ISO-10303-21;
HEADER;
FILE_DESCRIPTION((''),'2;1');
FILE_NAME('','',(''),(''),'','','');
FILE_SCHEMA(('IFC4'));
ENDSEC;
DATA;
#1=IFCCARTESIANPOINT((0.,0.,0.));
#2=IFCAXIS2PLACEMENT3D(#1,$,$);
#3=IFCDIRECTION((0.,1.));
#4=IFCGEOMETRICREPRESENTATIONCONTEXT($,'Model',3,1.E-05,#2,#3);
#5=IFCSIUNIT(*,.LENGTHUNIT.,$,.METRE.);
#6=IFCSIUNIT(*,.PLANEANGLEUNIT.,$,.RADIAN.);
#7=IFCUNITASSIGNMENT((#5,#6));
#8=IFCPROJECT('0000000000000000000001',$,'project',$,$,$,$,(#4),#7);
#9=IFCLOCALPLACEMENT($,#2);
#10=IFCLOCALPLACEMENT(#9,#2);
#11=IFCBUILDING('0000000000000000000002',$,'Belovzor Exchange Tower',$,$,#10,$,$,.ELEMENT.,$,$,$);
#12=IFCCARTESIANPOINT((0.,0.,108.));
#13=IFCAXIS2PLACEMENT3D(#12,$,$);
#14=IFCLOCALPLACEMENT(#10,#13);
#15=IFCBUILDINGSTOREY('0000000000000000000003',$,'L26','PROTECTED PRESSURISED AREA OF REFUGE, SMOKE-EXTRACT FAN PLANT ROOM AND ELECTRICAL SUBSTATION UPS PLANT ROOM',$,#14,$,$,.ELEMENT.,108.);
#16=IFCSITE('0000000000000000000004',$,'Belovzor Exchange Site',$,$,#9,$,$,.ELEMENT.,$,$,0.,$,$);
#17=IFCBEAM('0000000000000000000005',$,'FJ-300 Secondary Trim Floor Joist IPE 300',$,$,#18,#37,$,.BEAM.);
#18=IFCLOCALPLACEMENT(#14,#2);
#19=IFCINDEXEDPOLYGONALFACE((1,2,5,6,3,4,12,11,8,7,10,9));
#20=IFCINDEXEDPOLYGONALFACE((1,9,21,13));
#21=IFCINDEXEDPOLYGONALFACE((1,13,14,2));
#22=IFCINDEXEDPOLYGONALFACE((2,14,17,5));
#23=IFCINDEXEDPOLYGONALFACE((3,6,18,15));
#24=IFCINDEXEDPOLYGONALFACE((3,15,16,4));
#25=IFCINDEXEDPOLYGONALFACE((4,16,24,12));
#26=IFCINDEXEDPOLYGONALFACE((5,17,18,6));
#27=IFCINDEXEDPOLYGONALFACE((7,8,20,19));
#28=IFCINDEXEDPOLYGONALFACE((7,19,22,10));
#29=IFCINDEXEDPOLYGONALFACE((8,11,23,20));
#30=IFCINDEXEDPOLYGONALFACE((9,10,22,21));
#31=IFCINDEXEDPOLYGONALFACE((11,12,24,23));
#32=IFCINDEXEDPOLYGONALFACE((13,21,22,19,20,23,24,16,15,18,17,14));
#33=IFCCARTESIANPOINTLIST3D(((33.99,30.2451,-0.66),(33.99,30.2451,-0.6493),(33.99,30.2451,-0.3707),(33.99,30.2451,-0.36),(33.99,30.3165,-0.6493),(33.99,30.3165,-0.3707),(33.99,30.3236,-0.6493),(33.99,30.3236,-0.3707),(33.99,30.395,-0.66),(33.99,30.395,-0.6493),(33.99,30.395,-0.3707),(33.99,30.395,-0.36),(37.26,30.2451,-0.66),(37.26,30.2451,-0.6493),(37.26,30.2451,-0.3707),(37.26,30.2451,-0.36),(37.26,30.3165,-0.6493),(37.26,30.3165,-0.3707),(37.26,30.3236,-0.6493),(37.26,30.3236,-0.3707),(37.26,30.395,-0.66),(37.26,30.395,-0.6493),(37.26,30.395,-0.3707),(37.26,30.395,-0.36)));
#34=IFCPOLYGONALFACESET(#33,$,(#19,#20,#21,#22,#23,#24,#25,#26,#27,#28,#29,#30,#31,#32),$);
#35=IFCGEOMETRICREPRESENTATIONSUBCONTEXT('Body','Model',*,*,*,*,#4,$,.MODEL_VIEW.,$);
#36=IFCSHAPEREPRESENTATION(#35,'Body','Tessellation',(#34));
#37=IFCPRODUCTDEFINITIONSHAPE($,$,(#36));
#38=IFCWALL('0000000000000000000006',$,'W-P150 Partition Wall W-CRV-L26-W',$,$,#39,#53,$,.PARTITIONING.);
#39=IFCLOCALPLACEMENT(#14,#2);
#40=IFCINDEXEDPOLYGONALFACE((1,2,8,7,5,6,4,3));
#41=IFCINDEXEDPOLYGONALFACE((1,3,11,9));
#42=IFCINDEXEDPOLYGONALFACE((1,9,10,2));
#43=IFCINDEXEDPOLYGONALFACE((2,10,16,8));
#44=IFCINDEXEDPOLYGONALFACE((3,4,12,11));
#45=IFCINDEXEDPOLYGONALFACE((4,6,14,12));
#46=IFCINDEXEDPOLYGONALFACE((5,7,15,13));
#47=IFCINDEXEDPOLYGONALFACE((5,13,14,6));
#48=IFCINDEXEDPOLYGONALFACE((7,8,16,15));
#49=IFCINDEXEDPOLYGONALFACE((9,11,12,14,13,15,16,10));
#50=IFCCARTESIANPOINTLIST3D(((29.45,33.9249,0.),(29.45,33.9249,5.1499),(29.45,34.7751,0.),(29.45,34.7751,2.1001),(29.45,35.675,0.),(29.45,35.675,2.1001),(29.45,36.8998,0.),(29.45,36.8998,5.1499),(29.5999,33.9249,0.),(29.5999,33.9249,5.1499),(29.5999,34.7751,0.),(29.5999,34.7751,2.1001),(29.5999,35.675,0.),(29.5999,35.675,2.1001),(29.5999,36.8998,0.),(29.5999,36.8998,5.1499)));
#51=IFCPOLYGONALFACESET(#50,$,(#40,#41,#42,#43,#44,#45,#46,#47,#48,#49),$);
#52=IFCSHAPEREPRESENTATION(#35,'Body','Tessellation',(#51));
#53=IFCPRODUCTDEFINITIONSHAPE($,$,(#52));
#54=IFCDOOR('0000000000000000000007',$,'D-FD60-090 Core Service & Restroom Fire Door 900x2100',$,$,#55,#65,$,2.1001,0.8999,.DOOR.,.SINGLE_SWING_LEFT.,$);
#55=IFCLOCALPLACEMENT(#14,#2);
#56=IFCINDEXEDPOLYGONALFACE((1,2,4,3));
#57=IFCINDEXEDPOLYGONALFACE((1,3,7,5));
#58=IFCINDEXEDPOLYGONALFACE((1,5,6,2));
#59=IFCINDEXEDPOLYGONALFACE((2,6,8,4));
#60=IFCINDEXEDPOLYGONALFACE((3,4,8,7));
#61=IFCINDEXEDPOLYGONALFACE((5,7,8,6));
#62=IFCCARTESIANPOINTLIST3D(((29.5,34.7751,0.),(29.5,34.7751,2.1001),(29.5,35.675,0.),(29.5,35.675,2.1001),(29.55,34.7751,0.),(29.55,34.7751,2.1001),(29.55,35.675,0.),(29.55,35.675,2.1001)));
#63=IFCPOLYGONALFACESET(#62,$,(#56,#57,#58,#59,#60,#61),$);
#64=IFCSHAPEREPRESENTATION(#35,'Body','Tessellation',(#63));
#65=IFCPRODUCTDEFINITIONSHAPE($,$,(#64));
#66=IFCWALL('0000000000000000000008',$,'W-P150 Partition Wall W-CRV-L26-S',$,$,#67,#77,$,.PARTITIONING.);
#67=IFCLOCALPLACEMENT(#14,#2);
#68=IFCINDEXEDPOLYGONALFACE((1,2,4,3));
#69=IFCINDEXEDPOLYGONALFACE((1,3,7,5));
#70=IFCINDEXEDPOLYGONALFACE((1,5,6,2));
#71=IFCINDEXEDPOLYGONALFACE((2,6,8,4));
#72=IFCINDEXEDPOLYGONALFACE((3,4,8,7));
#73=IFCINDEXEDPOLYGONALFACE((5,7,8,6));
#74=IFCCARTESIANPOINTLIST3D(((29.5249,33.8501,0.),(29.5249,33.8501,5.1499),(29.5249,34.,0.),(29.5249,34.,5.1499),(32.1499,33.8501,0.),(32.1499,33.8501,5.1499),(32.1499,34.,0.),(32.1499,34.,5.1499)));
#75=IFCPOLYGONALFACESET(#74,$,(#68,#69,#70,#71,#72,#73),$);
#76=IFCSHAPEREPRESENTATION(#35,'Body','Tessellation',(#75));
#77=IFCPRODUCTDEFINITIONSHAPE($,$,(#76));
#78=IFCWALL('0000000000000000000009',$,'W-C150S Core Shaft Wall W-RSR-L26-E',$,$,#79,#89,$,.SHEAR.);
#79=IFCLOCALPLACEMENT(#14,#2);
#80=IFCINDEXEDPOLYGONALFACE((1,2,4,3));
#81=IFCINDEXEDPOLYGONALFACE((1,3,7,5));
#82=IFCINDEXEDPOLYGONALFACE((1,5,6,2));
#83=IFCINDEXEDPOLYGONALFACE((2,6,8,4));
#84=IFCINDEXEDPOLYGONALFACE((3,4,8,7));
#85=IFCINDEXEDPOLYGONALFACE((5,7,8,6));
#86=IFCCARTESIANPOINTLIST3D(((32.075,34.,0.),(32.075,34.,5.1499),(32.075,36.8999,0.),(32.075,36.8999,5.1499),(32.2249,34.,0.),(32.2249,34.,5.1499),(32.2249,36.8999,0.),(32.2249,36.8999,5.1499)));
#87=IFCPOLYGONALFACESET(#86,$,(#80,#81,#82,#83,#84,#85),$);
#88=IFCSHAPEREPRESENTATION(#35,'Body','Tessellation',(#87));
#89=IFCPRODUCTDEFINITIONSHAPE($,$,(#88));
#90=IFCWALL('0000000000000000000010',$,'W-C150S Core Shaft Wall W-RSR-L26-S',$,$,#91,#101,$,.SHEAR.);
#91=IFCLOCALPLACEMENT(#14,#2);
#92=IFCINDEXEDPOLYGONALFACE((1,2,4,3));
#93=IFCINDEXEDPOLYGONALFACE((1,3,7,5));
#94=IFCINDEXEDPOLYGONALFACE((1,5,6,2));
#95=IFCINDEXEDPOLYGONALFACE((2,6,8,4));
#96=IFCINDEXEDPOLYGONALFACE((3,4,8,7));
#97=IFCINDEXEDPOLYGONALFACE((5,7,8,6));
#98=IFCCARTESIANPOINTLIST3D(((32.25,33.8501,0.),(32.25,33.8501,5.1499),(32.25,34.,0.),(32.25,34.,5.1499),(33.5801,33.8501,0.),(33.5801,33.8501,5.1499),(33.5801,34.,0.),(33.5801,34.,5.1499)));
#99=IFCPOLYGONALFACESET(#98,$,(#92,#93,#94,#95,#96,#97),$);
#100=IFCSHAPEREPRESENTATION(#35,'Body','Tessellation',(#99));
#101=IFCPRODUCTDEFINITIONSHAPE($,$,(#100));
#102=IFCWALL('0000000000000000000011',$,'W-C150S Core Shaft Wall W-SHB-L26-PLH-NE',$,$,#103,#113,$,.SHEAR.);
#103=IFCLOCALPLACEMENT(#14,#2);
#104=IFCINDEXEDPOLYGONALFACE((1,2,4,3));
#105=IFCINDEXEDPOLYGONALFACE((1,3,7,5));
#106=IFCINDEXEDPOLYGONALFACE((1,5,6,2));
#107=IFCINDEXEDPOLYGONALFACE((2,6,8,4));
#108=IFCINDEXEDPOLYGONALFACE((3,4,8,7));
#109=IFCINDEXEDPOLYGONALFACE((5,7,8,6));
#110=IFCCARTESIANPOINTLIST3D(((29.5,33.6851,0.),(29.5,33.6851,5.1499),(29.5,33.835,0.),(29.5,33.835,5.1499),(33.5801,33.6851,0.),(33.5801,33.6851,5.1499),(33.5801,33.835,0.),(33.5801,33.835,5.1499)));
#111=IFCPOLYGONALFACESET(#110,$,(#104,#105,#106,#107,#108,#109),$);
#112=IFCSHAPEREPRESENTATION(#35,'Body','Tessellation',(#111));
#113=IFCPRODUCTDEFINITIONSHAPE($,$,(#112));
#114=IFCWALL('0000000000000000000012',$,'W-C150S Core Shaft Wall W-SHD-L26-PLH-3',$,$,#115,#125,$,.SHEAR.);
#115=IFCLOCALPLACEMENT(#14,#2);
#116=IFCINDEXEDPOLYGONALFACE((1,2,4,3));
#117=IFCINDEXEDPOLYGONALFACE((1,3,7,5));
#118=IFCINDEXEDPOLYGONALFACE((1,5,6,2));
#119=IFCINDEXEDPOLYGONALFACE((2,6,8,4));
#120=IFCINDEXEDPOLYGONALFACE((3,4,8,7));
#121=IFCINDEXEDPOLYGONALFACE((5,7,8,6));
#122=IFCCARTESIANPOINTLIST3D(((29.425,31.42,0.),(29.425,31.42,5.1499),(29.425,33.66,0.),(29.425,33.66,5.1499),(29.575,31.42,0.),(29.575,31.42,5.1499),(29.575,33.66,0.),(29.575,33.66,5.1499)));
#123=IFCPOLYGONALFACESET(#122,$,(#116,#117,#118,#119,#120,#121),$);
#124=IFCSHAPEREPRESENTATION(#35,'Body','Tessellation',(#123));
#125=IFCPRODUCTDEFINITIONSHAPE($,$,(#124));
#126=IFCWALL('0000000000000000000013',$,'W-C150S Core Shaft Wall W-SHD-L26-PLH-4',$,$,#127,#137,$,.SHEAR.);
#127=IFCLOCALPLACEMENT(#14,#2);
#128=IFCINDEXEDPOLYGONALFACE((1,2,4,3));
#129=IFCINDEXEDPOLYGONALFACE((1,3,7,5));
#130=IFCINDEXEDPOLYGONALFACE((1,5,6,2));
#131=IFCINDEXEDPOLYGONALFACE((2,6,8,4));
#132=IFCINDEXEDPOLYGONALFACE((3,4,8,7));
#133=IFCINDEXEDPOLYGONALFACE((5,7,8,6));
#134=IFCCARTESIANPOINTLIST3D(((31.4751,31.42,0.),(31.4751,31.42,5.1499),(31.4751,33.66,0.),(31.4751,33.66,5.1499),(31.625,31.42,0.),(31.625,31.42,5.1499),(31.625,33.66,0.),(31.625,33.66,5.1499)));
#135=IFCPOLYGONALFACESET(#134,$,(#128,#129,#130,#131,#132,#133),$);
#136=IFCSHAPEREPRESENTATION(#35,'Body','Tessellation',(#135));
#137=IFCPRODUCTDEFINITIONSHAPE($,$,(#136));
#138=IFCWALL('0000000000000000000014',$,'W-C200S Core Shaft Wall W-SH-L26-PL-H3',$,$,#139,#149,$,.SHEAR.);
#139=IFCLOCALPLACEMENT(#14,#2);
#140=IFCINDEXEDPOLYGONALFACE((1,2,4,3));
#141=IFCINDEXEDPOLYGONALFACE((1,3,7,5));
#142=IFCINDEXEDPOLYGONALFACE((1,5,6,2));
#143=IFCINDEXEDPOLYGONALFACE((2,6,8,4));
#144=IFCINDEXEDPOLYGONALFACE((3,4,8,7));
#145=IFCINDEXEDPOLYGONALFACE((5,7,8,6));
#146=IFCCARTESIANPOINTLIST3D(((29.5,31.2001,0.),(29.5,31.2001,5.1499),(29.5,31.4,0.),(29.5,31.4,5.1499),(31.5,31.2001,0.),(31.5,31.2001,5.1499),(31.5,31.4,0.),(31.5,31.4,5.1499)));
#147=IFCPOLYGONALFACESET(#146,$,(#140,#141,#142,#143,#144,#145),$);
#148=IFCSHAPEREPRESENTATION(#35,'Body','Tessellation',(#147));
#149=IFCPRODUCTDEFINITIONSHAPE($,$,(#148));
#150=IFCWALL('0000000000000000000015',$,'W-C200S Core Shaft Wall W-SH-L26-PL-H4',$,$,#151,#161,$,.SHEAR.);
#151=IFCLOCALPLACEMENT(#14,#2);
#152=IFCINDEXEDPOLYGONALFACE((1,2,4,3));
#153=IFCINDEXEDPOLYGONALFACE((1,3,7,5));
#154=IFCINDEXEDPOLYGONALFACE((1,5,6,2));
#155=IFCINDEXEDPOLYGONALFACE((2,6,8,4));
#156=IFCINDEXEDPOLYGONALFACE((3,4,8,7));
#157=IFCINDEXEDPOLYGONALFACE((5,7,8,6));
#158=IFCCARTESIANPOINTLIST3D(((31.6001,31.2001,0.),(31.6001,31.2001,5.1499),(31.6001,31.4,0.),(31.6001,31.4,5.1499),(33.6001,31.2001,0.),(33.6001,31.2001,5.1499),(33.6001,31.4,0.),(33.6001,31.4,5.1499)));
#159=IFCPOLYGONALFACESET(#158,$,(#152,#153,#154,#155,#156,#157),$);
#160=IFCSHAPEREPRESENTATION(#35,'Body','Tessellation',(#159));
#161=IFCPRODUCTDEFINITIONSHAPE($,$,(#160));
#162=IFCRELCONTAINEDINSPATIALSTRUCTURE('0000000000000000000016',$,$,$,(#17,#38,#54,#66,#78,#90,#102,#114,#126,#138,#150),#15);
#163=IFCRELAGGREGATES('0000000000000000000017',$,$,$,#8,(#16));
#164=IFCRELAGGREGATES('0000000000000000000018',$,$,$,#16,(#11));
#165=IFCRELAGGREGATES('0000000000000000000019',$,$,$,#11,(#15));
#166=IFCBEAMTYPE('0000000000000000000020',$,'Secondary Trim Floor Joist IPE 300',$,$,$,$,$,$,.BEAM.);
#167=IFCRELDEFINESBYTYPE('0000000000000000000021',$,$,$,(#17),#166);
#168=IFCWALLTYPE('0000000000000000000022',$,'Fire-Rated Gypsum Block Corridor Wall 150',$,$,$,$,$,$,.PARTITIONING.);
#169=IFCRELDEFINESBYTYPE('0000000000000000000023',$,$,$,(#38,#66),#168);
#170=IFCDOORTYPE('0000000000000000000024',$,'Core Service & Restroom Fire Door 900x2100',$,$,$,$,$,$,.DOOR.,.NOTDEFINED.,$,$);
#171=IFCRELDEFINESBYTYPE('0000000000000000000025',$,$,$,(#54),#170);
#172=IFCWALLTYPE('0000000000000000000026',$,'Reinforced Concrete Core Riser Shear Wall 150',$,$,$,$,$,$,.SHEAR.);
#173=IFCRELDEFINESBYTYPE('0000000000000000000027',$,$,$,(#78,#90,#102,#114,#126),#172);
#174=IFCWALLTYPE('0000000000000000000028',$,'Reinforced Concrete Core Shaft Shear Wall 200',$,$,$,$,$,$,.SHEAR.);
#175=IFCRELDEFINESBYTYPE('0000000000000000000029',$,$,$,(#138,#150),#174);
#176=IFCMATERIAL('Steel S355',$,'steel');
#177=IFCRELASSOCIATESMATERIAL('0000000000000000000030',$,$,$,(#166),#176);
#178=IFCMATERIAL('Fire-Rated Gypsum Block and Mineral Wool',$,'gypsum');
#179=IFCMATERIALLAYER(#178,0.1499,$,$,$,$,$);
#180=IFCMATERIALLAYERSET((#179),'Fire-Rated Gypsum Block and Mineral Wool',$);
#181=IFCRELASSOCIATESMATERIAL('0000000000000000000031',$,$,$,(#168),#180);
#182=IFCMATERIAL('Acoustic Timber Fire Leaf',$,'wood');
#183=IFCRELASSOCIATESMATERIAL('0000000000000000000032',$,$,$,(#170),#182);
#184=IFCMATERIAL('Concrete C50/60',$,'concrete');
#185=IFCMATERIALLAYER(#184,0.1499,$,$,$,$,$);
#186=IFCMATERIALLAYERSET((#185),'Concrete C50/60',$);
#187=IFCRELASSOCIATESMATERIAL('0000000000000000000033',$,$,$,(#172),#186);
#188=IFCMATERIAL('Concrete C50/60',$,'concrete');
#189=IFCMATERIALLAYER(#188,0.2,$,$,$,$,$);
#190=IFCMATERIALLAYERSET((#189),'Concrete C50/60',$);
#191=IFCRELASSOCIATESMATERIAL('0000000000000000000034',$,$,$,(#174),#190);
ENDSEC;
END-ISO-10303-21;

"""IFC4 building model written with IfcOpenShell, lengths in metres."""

from ifc_helpers import new_model, si_unit, direction, frame, frame_2d, origin, origin_2d, place, context, subcontext, project, spatial, rectangle, i_section, extrude, material, layer, layer_set, material_profile, profile_set, type_object, element, fill, save


model = new_model("IFC4")

# Units and contexts
model_context = context("Model", 3, precision=1e-05, world=origin(), true_north=direction((0.0, 1.0)))
body_context = subcontext(model_context, "Body", "Model", "MODEL_VIEW")
ifc_project = project(units=[si_unit("LENGTHUNIT", "METRE"), si_unit("PLANEANGLEUNIT", "RADIAN")], contexts=[model_context])

# Site, building, storey
site_placement = place(None, origin())
site = spatial("IfcSite", under=ifc_project, at=site_placement, Name="Belovzor Exchange Site", CompositionType="ELEMENT", RefElevation=0.0)
building_placement = place(site_placement, origin())
building = spatial("IfcBuilding", under=site, at=building_placement, Name="Belovzor Exchange Tower", CompositionType="ELEMENT")
storey_placement = place(building_placement, frame((0.0, 0.0, 108.0)))
storey = spatial("IfcBuildingStorey", under=building, at=storey_placement, Name="L26", Description="PROTECTED PRESSURISED AREA OF REFUGE, SMOKE-EXTRACT FAN PLANT ROOM AND ELECTRICAL SUBSTATION UPS PLANT ROOM", CompositionType="ELEMENT", Elevation=108.0)

# Beam
ifc_material_1 = material(Name="Steel S355", Category="steel")
ifc_material_profile = material_profile(ifc_material_1, i_section(OverallWidth=0.1499, OverallDepth=0.3, WebThickness=0.0071, FlangeThickness=0.0107, at=origin_2d()))
ifc_profile_set = profile_set([ifc_material_profile], Name="Steel S355")
beam_type = type_object("IfcBeamType", Name="Secondary Trim Floor Joist IPE 300", PredefinedType="BEAM", material=ifc_profile_set)
beam_placement = place(storey_placement, frame((37.26, 30.3201, -0.51), z_axis=(-1.0, 0.0, 0.0), x_axis=(0.0, -1.0, 0.0)))
element("IfcBeam", 1, at=beam_placement, inside=storey, type_object=beam_type, Name="FJ-300 Secondary Trim Floor Joist IPE 300", PredefinedType="BEAM", context=body_context, shape_type="SweptSolid", body=[
    extrude(i_section(OverallWidth=0.1499, OverallDepth=0.3, WebThickness=0.0071, FlangeThickness=0.0107, at=origin_2d()), origin(), (0.0, 0.0, 1.0), 3.27),
])

# Wall, opening, door
ifc_material_2 = material(Name="Fire-Rated Gypsum Block and Mineral Wool", Category="gypsum")
ifc_layer_1 = layer(ifc_material_2, 0.1499)
ifc_layer_set_1 = layer_set([ifc_layer_1], Name="Fire-Rated Gypsum Block and Mineral Wool")
wall_type_1 = type_object("IfcWallType", Name="Fire-Rated Gypsum Block Corridor Wall 150", PredefinedType="PARTITIONING", material=ifc_layer_set_1)
wall_1_placement = place(storey_placement, frame((29.5249, 33.925, 0.0), z_axis=(0.0, 0.0, 1.0), x_axis=(0.0, 1.0, 0.0)))
wall_1 = element("IfcWall", 2, at=wall_1_placement, inside=storey, type_object=wall_type_1, Name="W-P150 Partition Wall W-CRV-L26-W", PredefinedType="PARTITIONING", context=body_context, shape_type="SweptSolid", body=[
    extrude(rectangle(XDim=2.9749, YDim=0.1499, at=frame_2d((1.4873, 0.0))), origin(), (0.0, 0.0, 1.0), 5.1499),
])
opening_placement = place(wall_1_placement, frame((0.8501, 0.0, 0.0)))
opening = element("IfcOpeningElement", 3, at=opening_placement, cuts=wall_1, PredefinedType="OPENING", context=body_context, shape_type="SweptSolid", body=[
    extrude(rectangle(XDim=0.8999, YDim=2.1001, at=frame_2d((0.45, 1.05))), frame((0.0, 0.085, 0.0), z_axis=(0.0, -1.0, 0.0), x_axis=(1.0, 0.0, 0.0)), (0.0, 0.0, 1.0), 0.1699),
])
ifc_material_3 = material(Name="Acoustic Timber Fire Leaf", Category="wood")
door_type = type_object("IfcDoorType", Name="Core Service & Restroom Fire Door 900x2100", OperationType="NOTDEFINED", PredefinedType="DOOR", material=ifc_material_3)
door_placement = place(opening_placement, origin())
door = element("IfcDoor", 4, at=door_placement, inside=storey, type_object=door_type, Name="D-FD60-090 Core Service & Restroom Fire Door 900x2100", OperationType="SINGLE_SWING_LEFT", OverallHeight=2.1001, OverallWidth=0.8999, PredefinedType="DOOR", context=body_context, shape_type="SweptSolid", body=[
    extrude(rectangle(XDim=0.8999, YDim=2.1001, at=frame_2d((0.45, 1.05))), frame((0.0, 0.0249, 0.0), z_axis=(0.0, -1.0, 0.0), x_axis=(1.0, 0.0, 0.0)), (0.0, 0.0, 1.0), 0.05),
])
fill(opening, door)

# Walls
wall_2_placement = place(storey_placement, frame((29.5249, 33.925, 0.0), z_axis=(0.0, 0.0, 1.0), x_axis=(1.0, 0.0, 0.0)))
element("IfcWall", 5, at=wall_2_placement, inside=storey, type_object=wall_type_1, Name="W-P150 Partition Wall W-CRV-L26-S", PredefinedType="PARTITIONING", context=body_context, shape_type="SweptSolid", body=[
    extrude(rectangle(XDim=2.625, YDim=0.1499, at=frame_2d((1.3125, 0.0))), origin(), (0.0, 0.0, 1.0), 5.1499),
])
ifc_material_4 = material(Name="Concrete C50/60", Category="concrete")
ifc_layer_2 = layer(ifc_material_4, 0.1499)
ifc_layer_set_2 = layer_set([ifc_layer_2], Name="Concrete C50/60")
wall_type_2 = type_object("IfcWallType", Name="Reinforced Concrete Core Riser Shear Wall 150", PredefinedType="SHEAR", material=ifc_layer_set_2)
wall_3_placement = place(storey_placement, frame((32.1499, 34.0, 0.0), z_axis=(0.0, 0.0, 1.0), x_axis=(0.0, 1.0, 0.0)))
element("IfcWall", 6, at=wall_3_placement, inside=storey, type_object=wall_type_2, Name="W-C150S Core Shaft Wall W-RSR-L26-E", PredefinedType="SHEAR", context=body_context, shape_type="SweptSolid", body=[
    extrude(rectangle(XDim=2.8999, YDim=0.1499, at=frame_2d((1.45, 0.0))), origin(), (0.0, 0.0, 1.0), 5.1499),
])
wall_4_placement = place(storey_placement, frame((32.25, 33.925, 0.0), z_axis=(0.0, 0.0, 1.0), x_axis=(1.0, 0.0, 0.0)))
element("IfcWall", 7, at=wall_4_placement, inside=storey, type_object=wall_type_2, Name="W-C150S Core Shaft Wall W-RSR-L26-S", PredefinedType="SHEAR", context=body_context, shape_type="SweptSolid", body=[
    extrude(rectangle(XDim=1.3301, YDim=0.1499, at=frame_2d((0.665, 0.0))), origin(), (0.0, 0.0, 1.0), 5.1499),
])
wall_5_placement = place(storey_placement, frame((29.5, 33.76, 0.0), z_axis=(0.0, 0.0, 1.0), x_axis=(1.0, 0.0, 0.0)))
element("IfcWall", 8, at=wall_5_placement, inside=storey, type_object=wall_type_2, Name="W-C150S Core Shaft Wall W-SHB-L26-PLH-NE", PredefinedType="SHEAR", context=body_context, shape_type="SweptSolid", body=[
    extrude(rectangle(XDim=4.0801, YDim=0.1499, at=frame_2d((2.04, 0.0))), origin(), (0.0, 0.0, 1.0), 5.1499),
])
for number, where, z_axis, x_axis, name in (
    (9, (29.5, 31.4199, 0.0), (0.0, 0.0, 1.0), (0.0, 1.0, 0.0), "W-C150S Core Shaft Wall W-SHD-L26-PLH-3"),
    (10, (31.55, 31.4199, 0.0), (0.0, 0.0, 1.0), (0.0, 1.0, 0.0), "W-C150S Core Shaft Wall W-SHD-L26-PLH-4"),
):
    element("IfcWall", number, at=place(storey_placement, frame(where, z_axis=z_axis, x_axis=x_axis)), inside=storey, type_object=wall_type_2, Name=name, PredefinedType="SHEAR", context=body_context, shape_type="SweptSolid", body=[
        extrude(rectangle(XDim=2.24, YDim=0.1499, at=frame_2d((1.1201, 0.0))), origin(), (0.0, 0.0, 1.0), 5.1499),
    ])
ifc_material_5 = material(Name="Concrete C50/60", Category="concrete")
ifc_layer_3 = layer(ifc_material_5, 0.2)
ifc_layer_set_3 = layer_set([ifc_layer_3], Name="Concrete C50/60")
wall_type_3 = type_object("IfcWallType", Name="Reinforced Concrete Core Shaft Shear Wall 200", PredefinedType="SHEAR", material=ifc_layer_set_3)
for number, where, z_axis, x_axis, name in (
    (11, (29.5, 31.3, 0.0), (0.0, 0.0, 1.0), (1.0, 0.0, 0.0), "W-C200S Core Shaft Wall W-SH-L26-PL-H3"),
    (12, (31.6001, 31.3, 0.0), (0.0, 0.0, 1.0), (1.0, 0.0, 0.0), "W-C200S Core Shaft Wall W-SH-L26-PL-H4"),
):
    element("IfcWall", number, at=place(storey_placement, frame(where, z_axis=z_axis, x_axis=x_axis)), inside=storey, type_object=wall_type_3, Name=name, PredefinedType="SHEAR", context=body_context, shape_type="SweptSolid", body=[
        extrude(rectangle(XDim=2.0, YDim=0.2, at=frame_2d((1.0, 0.0))), origin(), (0.0, 0.0, 1.0), 5.1499),
    ])

save(model, "model.ifc")
